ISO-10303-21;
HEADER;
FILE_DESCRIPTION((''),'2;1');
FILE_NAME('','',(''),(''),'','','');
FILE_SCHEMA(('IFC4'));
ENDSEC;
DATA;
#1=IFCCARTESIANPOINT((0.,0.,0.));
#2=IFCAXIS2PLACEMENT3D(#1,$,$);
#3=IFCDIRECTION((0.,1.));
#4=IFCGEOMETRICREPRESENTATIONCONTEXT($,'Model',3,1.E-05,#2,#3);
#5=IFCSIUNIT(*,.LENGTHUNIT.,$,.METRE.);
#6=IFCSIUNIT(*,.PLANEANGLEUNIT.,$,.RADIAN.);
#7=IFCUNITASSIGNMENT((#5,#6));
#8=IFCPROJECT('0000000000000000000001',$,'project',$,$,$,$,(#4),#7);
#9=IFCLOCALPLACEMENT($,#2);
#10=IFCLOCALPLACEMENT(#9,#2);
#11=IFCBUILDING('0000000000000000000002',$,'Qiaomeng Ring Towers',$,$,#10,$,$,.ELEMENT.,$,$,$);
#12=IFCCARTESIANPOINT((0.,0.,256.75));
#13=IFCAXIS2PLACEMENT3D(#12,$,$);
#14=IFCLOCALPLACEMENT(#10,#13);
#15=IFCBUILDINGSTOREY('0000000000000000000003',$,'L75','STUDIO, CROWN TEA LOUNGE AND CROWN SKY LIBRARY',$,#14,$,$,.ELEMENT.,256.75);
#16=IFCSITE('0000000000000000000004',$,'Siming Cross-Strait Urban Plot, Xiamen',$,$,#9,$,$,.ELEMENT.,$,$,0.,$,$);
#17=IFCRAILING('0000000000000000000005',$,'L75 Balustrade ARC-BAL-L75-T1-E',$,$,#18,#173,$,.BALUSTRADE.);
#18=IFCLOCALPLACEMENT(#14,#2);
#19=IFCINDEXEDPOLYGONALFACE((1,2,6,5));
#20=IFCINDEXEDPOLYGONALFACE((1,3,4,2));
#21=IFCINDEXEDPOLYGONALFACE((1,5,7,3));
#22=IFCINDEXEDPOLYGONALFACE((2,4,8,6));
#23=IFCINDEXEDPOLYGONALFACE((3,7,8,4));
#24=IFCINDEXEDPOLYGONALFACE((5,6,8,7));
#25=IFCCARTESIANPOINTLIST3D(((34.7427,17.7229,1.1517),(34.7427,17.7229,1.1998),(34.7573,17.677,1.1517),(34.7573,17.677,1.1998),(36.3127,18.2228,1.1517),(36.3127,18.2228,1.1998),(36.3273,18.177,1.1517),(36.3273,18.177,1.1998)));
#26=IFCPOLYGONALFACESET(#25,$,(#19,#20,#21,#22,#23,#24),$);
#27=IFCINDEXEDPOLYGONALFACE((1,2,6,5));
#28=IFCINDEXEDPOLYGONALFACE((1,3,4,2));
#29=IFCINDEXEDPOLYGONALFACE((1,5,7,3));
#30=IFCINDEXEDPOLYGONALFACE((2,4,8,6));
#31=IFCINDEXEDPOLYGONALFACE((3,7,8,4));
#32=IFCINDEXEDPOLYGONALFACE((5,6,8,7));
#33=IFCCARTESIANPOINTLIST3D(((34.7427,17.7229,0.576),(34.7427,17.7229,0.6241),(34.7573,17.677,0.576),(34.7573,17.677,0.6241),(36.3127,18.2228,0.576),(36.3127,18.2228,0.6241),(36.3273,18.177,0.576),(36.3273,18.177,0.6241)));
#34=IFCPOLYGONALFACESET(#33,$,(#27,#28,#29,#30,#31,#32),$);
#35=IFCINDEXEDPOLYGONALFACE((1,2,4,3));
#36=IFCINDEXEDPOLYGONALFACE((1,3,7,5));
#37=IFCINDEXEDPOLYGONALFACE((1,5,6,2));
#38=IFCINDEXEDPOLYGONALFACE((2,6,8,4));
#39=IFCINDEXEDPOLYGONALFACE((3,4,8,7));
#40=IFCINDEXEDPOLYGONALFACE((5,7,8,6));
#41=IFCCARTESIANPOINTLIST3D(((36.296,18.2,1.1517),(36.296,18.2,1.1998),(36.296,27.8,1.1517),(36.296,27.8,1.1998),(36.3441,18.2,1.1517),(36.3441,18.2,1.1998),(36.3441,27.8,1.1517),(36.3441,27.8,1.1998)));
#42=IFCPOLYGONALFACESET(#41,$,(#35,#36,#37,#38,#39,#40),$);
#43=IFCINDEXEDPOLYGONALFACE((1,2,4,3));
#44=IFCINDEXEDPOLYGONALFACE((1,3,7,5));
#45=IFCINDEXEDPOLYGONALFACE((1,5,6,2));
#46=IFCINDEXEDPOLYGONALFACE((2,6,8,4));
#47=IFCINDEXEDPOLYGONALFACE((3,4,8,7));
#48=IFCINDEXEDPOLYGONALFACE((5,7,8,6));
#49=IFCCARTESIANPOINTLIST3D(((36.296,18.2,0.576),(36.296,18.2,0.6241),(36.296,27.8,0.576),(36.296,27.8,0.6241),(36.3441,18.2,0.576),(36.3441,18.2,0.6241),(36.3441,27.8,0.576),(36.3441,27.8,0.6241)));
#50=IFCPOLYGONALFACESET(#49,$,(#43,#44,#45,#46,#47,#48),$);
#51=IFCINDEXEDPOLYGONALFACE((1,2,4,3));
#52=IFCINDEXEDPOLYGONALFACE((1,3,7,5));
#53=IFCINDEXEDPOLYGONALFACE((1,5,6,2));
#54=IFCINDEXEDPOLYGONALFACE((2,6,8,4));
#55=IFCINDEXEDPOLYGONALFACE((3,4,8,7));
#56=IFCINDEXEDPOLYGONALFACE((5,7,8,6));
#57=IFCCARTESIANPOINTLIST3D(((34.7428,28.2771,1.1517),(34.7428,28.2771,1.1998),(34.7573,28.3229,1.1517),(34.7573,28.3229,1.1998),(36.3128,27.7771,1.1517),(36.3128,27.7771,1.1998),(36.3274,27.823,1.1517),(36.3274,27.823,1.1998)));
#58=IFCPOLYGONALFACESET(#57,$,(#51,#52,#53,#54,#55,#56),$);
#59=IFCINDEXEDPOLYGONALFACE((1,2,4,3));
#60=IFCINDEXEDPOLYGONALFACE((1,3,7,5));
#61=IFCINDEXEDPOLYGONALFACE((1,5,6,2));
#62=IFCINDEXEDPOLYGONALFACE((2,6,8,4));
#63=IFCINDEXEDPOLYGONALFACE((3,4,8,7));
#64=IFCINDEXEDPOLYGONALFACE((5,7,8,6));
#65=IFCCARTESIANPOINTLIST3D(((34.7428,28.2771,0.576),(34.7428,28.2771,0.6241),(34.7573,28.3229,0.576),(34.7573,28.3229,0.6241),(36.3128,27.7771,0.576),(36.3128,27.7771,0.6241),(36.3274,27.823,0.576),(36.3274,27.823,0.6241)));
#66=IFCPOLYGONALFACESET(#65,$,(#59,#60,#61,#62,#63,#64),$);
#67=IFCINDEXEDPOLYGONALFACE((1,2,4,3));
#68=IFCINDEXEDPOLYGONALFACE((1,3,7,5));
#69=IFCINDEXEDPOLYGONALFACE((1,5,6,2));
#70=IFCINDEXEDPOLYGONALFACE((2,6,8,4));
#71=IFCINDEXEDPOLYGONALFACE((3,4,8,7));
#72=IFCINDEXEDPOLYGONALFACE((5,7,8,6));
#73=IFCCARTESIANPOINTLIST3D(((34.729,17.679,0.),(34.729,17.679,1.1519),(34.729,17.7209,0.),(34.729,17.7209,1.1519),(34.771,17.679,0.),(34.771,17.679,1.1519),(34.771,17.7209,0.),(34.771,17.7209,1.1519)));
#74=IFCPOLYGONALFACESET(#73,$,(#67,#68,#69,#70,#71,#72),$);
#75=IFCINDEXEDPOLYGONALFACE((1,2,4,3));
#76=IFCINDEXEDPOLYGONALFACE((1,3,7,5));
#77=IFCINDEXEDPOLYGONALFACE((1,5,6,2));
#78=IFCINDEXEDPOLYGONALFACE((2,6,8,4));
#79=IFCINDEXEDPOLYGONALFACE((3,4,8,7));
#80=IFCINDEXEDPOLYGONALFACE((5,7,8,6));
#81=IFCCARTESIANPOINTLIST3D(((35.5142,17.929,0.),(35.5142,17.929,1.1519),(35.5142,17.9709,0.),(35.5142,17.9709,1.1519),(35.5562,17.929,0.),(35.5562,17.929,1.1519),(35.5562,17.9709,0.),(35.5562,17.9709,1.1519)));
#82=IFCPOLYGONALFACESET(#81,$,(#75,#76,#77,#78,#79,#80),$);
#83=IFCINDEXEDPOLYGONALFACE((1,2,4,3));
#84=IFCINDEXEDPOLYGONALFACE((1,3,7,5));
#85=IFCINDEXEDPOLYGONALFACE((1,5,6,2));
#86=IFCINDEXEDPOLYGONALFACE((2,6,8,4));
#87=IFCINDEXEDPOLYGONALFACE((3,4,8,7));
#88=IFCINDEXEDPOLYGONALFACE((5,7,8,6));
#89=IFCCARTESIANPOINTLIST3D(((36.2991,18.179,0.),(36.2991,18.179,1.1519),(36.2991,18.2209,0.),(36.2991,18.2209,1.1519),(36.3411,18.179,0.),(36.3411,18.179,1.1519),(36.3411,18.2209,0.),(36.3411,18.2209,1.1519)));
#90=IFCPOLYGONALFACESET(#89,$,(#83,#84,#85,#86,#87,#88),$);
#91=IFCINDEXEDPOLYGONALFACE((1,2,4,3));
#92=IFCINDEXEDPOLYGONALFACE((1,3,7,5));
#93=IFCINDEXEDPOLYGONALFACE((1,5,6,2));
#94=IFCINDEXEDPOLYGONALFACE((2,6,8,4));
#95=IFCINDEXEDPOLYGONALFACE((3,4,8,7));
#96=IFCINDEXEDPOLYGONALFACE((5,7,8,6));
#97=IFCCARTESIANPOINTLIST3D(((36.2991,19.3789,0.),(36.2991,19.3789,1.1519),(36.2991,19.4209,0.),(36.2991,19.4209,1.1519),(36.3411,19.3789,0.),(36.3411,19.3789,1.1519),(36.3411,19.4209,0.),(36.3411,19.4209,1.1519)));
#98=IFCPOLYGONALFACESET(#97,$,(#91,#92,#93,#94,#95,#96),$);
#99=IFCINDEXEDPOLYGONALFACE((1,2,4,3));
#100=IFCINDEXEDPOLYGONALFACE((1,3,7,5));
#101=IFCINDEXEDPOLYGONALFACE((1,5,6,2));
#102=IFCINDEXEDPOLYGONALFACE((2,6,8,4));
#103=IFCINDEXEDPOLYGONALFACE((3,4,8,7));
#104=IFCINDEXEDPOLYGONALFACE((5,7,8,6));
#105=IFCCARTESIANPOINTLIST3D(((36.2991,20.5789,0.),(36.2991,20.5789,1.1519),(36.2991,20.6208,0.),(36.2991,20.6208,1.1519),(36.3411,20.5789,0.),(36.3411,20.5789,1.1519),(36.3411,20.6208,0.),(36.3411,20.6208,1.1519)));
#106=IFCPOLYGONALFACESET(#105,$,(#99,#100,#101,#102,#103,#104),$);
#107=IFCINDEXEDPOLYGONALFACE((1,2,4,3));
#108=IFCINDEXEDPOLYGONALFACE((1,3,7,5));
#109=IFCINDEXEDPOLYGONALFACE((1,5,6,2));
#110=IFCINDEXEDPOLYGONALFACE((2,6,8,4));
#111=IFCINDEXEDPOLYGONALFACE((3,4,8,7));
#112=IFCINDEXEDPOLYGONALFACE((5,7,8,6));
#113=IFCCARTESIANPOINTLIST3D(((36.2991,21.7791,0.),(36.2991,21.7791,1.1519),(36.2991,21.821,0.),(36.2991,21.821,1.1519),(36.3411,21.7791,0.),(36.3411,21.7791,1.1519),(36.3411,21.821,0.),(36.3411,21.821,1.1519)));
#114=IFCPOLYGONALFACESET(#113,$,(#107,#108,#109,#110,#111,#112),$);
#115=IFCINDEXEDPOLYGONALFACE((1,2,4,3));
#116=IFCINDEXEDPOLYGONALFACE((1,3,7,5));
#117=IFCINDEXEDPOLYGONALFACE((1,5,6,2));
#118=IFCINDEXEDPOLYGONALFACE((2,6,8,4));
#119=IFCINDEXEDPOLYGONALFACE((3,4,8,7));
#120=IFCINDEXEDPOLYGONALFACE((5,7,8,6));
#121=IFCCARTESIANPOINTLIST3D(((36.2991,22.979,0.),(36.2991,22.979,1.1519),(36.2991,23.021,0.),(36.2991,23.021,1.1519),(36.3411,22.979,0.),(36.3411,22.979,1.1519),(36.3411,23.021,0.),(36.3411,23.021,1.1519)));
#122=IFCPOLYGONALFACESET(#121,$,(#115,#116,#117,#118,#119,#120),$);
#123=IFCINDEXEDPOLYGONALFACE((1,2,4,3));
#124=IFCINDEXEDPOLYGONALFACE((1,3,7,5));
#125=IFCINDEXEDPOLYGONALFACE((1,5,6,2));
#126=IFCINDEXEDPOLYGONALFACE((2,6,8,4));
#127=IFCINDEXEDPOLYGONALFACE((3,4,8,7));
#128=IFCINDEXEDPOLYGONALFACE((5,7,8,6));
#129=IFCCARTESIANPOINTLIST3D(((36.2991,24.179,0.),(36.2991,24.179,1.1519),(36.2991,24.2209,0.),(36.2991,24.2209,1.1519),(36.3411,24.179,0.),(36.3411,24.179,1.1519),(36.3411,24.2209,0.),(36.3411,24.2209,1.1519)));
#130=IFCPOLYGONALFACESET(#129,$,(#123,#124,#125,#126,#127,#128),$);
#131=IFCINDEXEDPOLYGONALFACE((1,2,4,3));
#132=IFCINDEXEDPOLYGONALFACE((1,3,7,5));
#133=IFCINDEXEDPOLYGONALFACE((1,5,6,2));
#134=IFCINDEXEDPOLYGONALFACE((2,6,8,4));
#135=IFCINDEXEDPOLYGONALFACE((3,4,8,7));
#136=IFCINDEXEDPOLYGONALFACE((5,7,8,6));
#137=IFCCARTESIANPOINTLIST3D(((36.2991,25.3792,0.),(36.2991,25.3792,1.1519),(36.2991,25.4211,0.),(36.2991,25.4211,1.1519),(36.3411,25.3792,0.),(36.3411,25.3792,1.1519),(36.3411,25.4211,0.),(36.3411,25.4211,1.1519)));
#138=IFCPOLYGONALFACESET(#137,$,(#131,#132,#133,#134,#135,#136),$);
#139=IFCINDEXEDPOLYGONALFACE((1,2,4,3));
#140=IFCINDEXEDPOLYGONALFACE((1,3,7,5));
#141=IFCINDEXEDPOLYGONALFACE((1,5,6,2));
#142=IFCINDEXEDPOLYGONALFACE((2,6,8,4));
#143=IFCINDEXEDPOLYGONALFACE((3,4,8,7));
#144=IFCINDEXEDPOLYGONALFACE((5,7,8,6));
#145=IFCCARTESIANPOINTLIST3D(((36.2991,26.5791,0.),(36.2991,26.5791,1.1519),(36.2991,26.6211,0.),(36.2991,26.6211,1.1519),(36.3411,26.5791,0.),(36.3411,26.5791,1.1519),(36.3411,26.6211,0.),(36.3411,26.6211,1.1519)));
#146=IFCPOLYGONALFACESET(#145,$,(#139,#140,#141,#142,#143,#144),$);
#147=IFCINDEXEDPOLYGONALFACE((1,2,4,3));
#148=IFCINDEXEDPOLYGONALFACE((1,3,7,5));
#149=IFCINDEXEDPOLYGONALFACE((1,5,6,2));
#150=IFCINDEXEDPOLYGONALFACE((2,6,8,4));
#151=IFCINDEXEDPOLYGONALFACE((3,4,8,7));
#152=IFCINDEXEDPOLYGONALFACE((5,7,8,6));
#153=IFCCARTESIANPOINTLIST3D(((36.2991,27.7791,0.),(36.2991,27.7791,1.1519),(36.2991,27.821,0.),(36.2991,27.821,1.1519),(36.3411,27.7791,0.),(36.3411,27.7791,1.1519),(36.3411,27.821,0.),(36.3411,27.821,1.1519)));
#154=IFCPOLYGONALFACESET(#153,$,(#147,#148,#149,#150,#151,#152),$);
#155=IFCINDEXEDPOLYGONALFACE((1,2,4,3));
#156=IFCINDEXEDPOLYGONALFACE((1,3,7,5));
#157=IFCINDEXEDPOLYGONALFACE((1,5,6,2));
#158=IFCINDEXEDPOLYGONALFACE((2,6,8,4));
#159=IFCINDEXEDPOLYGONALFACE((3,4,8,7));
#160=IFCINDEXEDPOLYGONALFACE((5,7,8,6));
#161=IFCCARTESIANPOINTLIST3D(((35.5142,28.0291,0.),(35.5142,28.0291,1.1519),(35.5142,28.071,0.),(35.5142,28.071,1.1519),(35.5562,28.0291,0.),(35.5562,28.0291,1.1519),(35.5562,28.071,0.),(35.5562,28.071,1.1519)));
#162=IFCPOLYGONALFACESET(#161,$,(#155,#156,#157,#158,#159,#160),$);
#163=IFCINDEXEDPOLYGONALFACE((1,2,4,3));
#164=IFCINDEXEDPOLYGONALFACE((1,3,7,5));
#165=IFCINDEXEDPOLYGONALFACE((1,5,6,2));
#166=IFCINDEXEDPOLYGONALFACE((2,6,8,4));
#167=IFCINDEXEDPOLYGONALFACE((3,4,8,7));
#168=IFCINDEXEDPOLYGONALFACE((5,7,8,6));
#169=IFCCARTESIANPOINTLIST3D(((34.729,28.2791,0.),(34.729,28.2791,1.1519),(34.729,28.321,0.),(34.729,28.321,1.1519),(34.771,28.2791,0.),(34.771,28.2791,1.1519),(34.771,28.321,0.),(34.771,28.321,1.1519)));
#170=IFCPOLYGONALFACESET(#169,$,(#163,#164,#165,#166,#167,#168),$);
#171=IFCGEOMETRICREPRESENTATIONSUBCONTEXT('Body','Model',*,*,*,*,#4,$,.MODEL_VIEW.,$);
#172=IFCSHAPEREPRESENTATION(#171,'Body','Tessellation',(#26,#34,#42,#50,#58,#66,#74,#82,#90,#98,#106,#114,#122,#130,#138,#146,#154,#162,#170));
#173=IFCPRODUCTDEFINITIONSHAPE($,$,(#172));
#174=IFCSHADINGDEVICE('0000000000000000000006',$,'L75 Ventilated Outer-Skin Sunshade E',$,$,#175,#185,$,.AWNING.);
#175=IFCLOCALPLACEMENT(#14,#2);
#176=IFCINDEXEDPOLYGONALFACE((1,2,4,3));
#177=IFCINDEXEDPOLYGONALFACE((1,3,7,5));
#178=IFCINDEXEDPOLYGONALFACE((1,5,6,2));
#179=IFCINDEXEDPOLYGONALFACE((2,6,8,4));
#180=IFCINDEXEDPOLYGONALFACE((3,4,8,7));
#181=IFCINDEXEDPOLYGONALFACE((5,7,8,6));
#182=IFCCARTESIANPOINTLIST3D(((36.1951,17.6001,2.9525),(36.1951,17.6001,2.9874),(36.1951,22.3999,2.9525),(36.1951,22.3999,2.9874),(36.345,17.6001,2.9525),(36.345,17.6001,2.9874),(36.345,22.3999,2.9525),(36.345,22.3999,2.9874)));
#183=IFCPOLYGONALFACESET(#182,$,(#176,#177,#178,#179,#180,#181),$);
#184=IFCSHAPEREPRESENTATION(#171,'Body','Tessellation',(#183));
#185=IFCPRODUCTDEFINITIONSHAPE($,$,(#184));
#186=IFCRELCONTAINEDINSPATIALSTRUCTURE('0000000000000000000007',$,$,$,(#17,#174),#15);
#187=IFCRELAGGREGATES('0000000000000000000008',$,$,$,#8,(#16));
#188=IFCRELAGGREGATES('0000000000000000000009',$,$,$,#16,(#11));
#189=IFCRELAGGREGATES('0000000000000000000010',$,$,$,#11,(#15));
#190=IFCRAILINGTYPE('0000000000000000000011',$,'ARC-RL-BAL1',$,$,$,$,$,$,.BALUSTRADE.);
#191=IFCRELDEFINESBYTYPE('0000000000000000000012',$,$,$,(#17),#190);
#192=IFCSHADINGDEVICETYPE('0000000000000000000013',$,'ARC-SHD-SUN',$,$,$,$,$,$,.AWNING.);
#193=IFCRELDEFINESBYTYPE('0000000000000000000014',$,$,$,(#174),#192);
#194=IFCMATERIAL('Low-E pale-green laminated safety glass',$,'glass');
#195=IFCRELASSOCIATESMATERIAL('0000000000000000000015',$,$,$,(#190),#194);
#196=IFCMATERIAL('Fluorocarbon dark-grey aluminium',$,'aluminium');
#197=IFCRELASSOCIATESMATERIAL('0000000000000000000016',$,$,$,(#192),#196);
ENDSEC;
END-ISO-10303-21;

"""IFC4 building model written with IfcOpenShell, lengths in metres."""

from ifc_helpers import new_model, si_unit, direction, frame, origin, origin_2d, place, context, subcontext, project, spatial, rectangle, extrude, source, transform, mapped, material, material_profile, profile_set, type_object, element, save


model = new_model("IFC4")

# Units and contexts
model_context = context("Model", 3, precision=1e-05, world=origin(), true_north=direction((0.0, 1.0)))
body_context = subcontext(model_context, "Body", "Model", "MODEL_VIEW")
ifc_project = project(units=[si_unit("LENGTHUNIT", "METRE"), si_unit("PLANEANGLEUNIT", "RADIAN")], contexts=[model_context])

# Site, building, storey
site_placement = place(None, origin())
site = spatial("IfcSite", under=ifc_project, at=site_placement, Name="Siming Cross-Strait Urban Plot, Xiamen", CompositionType="ELEMENT", RefElevation=0.0)
building_placement = place(site_placement, origin())
building = spatial("IfcBuilding", under=site, at=building_placement, Name="Qiaomeng Ring Towers", CompositionType="ELEMENT")
storey_placement = place(building_placement, frame((0.0, 0.0, 256.75)))
storey = spatial("IfcBuildingStorey", under=building, at=storey_placement, Name="L75", Description="STUDIO, CROWN TEA LOUNGE AND CROWN SKY LIBRARY", CompositionType="ELEMENT", Elevation=256.75)

# Shared definitions
ifc_material_1 = material(Name="Fluorocarbon dark-grey aluminium", Category="aluminium")

# Railing
ifc_material_2 = material(Name="Low-E pale-green laminated safety glass", Category="glass")
railing_type = type_object("IfcRailingType", Name="ARC-RL-BAL1", PredefinedType="BALUSTRADE", material=ifc_material_2)
railing_placement = place(storey_placement, frame((34.75, 17.7, 0.0)))
element("IfcRailing", 1, at=railing_placement, inside=storey, type_object=railing_type, Name="L75 Balustrade ARC-BAL-L75-T1-E", PredefinedType="BALUSTRADE", context=body_context, shape_type="SweptSolid", body=[
    extrude(rectangle(XDim=0.0481, YDim=0.0481, at=origin_2d()), frame((0.0, 0.0, 1.1758), z_axis=(0.95285, 0.303442, 0.0), x_axis=(-0.303442, 0.95285, 0.0)), (0.0, 0.0, 1.0), 1.6477),
    extrude(rectangle(XDim=0.0481, YDim=0.0481, at=origin_2d()), frame((0.0, 0.0, 0.6001), z_axis=(0.95285, 0.303442, 0.0), x_axis=(-0.303442, 0.95285, 0.0)), (0.0, 0.0, 1.0), 1.6477),
    extrude(rectangle(XDim=0.0481, YDim=0.0481, at=origin_2d()), frame((1.5701, 0.5, 1.1758), z_axis=(0.0, 1.0, 0.0), x_axis=(-1.0, 0.0, 0.0)), (0.0, 0.0, 1.0), 9.6001),
    extrude(rectangle(XDim=0.0481, YDim=0.0481, at=origin_2d()), frame((1.5701, 0.5, 0.6001), z_axis=(0.0, 1.0, 0.0), x_axis=(-1.0, 0.0, 0.0)), (0.0, 0.0, 1.0), 9.6001),
    extrude(rectangle(XDim=0.0481, YDim=0.0481, at=origin_2d()), frame((1.5701, 10.1001, 1.1758), z_axis=(-0.95285, 0.303442, 0.0), x_axis=(-0.303442, -0.95285, 0.0)), (0.0, 0.0, 1.0), 1.6477),
    extrude(rectangle(XDim=0.0481, YDim=0.0481, at=origin_2d()), frame((1.5701, 10.1001, 0.6001), z_axis=(-0.95285, 0.303442, 0.0), x_axis=(-0.303442, -0.95285, 0.0)), (0.0, 0.0, 1.0), 1.6477),
    extrude(rectangle(XDim=0.042, YDim=0.042, at=origin_2d()), origin(), (0.0, 0.0, 1.0), 1.1519),
    extrude(rectangle(XDim=0.042, YDim=0.042, at=origin_2d()), frame((0.7852, 0.25, 0.0)), (0.0, 0.0, 1.0), 1.1519),
    extrude(rectangle(XDim=0.042, YDim=0.042, at=origin_2d()), frame((1.5701, 0.5, 0.0)), (0.0, 0.0, 1.0), 1.1519),
    extrude(rectangle(XDim=0.042, YDim=0.042, at=origin_2d()), frame((1.5701, 1.7, 0.0)), (0.0, 0.0, 1.0), 1.1519),
    extrude(rectangle(XDim=0.042, YDim=0.042, at=origin_2d()), frame((1.5701, 2.8999, 0.0)), (0.0, 0.0, 1.0), 1.1519),
    extrude(rectangle(XDim=0.042, YDim=0.042, at=origin_2d()), frame((1.5701, 4.1001, 0.0)), (0.0, 0.0, 1.0), 1.1519),
    extrude(rectangle(XDim=0.042, YDim=0.042, at=origin_2d()), frame((1.5701, 5.3, 0.0)), (0.0, 0.0, 1.0), 1.1519),
    extrude(rectangle(XDim=0.042, YDim=0.042, at=origin_2d()), frame((1.5701, 6.5, 0.0)), (0.0, 0.0, 1.0), 1.1519),
    extrude(rectangle(XDim=0.042, YDim=0.042, at=origin_2d()), frame((1.5701, 7.7002, 0.0)), (0.0, 0.0, 1.0), 1.1519),
    extrude(rectangle(XDim=0.042, YDim=0.042, at=origin_2d()), frame((1.5701, 8.9001, 0.0)), (0.0, 0.0, 1.0), 1.1519),
    extrude(rectangle(XDim=0.042, YDim=0.042, at=origin_2d()), frame((1.5701, 10.1001, 0.0)), (0.0, 0.0, 1.0), 1.1519),
    extrude(rectangle(XDim=0.042, YDim=0.042, at=origin_2d()), frame((0.7852, 10.3501, 0.0)), (0.0, 0.0, 1.0), 1.1519),
    extrude(rectangle(XDim=0.042, YDim=0.042, at=origin_2d()), frame((0.0, 10.6001, 0.0)), (0.0, 0.0, 1.0), 1.1519),
])

# Shading device
ifc_material_profile_1 = material_profile(ifc_material_1, rectangle(XDim=0.1499, YDim=0.0349, at=origin_2d()), Name="LV BLADE 150x35")
ifc_profile_set_1 = profile_set([ifc_material_profile_1], Name="Fluorocarbon dark-grey aluminium")
shading_device_type = type_object("IfcShadingDeviceType", Name="ARC-SHD-SUN", PredefinedType="AWNING", material=ifc_profile_set_1)
shared_shape_1 = source(origin(), body_context, "Body", "SweptSolid", [
    extrude(rectangle(XDim=0.1499, YDim=0.0349, at=origin_2d()), origin(), (0.0, 0.0, 1.0), 4.7998),
])
shading_device_placement = place(storey_placement, frame((36.27, 17.6001, 2.97), z_axis=(0.0, 1.0, 0.0), x_axis=(-1.0, 0.0, 0.0)))
element("IfcShadingDevice", 2, at=shading_device_placement, inside=storey, type_object=shading_device_type, Name="L75 Ventilated Outer-Skin Sunshade E", PredefinedType="AWNING", context=body_context, shape_type="MappedRepresentation", body=[
    mapped(shared_shape_1, transform((0.0, 0.0, 0.0), x_axis=(1.0, 0.0, 0.0), y_axis=(0.0, 1.0, 0.0), z_axis=(0.0, 0.0, 1.0), scale=1.0)),
])

save(model, "model.ifc")
